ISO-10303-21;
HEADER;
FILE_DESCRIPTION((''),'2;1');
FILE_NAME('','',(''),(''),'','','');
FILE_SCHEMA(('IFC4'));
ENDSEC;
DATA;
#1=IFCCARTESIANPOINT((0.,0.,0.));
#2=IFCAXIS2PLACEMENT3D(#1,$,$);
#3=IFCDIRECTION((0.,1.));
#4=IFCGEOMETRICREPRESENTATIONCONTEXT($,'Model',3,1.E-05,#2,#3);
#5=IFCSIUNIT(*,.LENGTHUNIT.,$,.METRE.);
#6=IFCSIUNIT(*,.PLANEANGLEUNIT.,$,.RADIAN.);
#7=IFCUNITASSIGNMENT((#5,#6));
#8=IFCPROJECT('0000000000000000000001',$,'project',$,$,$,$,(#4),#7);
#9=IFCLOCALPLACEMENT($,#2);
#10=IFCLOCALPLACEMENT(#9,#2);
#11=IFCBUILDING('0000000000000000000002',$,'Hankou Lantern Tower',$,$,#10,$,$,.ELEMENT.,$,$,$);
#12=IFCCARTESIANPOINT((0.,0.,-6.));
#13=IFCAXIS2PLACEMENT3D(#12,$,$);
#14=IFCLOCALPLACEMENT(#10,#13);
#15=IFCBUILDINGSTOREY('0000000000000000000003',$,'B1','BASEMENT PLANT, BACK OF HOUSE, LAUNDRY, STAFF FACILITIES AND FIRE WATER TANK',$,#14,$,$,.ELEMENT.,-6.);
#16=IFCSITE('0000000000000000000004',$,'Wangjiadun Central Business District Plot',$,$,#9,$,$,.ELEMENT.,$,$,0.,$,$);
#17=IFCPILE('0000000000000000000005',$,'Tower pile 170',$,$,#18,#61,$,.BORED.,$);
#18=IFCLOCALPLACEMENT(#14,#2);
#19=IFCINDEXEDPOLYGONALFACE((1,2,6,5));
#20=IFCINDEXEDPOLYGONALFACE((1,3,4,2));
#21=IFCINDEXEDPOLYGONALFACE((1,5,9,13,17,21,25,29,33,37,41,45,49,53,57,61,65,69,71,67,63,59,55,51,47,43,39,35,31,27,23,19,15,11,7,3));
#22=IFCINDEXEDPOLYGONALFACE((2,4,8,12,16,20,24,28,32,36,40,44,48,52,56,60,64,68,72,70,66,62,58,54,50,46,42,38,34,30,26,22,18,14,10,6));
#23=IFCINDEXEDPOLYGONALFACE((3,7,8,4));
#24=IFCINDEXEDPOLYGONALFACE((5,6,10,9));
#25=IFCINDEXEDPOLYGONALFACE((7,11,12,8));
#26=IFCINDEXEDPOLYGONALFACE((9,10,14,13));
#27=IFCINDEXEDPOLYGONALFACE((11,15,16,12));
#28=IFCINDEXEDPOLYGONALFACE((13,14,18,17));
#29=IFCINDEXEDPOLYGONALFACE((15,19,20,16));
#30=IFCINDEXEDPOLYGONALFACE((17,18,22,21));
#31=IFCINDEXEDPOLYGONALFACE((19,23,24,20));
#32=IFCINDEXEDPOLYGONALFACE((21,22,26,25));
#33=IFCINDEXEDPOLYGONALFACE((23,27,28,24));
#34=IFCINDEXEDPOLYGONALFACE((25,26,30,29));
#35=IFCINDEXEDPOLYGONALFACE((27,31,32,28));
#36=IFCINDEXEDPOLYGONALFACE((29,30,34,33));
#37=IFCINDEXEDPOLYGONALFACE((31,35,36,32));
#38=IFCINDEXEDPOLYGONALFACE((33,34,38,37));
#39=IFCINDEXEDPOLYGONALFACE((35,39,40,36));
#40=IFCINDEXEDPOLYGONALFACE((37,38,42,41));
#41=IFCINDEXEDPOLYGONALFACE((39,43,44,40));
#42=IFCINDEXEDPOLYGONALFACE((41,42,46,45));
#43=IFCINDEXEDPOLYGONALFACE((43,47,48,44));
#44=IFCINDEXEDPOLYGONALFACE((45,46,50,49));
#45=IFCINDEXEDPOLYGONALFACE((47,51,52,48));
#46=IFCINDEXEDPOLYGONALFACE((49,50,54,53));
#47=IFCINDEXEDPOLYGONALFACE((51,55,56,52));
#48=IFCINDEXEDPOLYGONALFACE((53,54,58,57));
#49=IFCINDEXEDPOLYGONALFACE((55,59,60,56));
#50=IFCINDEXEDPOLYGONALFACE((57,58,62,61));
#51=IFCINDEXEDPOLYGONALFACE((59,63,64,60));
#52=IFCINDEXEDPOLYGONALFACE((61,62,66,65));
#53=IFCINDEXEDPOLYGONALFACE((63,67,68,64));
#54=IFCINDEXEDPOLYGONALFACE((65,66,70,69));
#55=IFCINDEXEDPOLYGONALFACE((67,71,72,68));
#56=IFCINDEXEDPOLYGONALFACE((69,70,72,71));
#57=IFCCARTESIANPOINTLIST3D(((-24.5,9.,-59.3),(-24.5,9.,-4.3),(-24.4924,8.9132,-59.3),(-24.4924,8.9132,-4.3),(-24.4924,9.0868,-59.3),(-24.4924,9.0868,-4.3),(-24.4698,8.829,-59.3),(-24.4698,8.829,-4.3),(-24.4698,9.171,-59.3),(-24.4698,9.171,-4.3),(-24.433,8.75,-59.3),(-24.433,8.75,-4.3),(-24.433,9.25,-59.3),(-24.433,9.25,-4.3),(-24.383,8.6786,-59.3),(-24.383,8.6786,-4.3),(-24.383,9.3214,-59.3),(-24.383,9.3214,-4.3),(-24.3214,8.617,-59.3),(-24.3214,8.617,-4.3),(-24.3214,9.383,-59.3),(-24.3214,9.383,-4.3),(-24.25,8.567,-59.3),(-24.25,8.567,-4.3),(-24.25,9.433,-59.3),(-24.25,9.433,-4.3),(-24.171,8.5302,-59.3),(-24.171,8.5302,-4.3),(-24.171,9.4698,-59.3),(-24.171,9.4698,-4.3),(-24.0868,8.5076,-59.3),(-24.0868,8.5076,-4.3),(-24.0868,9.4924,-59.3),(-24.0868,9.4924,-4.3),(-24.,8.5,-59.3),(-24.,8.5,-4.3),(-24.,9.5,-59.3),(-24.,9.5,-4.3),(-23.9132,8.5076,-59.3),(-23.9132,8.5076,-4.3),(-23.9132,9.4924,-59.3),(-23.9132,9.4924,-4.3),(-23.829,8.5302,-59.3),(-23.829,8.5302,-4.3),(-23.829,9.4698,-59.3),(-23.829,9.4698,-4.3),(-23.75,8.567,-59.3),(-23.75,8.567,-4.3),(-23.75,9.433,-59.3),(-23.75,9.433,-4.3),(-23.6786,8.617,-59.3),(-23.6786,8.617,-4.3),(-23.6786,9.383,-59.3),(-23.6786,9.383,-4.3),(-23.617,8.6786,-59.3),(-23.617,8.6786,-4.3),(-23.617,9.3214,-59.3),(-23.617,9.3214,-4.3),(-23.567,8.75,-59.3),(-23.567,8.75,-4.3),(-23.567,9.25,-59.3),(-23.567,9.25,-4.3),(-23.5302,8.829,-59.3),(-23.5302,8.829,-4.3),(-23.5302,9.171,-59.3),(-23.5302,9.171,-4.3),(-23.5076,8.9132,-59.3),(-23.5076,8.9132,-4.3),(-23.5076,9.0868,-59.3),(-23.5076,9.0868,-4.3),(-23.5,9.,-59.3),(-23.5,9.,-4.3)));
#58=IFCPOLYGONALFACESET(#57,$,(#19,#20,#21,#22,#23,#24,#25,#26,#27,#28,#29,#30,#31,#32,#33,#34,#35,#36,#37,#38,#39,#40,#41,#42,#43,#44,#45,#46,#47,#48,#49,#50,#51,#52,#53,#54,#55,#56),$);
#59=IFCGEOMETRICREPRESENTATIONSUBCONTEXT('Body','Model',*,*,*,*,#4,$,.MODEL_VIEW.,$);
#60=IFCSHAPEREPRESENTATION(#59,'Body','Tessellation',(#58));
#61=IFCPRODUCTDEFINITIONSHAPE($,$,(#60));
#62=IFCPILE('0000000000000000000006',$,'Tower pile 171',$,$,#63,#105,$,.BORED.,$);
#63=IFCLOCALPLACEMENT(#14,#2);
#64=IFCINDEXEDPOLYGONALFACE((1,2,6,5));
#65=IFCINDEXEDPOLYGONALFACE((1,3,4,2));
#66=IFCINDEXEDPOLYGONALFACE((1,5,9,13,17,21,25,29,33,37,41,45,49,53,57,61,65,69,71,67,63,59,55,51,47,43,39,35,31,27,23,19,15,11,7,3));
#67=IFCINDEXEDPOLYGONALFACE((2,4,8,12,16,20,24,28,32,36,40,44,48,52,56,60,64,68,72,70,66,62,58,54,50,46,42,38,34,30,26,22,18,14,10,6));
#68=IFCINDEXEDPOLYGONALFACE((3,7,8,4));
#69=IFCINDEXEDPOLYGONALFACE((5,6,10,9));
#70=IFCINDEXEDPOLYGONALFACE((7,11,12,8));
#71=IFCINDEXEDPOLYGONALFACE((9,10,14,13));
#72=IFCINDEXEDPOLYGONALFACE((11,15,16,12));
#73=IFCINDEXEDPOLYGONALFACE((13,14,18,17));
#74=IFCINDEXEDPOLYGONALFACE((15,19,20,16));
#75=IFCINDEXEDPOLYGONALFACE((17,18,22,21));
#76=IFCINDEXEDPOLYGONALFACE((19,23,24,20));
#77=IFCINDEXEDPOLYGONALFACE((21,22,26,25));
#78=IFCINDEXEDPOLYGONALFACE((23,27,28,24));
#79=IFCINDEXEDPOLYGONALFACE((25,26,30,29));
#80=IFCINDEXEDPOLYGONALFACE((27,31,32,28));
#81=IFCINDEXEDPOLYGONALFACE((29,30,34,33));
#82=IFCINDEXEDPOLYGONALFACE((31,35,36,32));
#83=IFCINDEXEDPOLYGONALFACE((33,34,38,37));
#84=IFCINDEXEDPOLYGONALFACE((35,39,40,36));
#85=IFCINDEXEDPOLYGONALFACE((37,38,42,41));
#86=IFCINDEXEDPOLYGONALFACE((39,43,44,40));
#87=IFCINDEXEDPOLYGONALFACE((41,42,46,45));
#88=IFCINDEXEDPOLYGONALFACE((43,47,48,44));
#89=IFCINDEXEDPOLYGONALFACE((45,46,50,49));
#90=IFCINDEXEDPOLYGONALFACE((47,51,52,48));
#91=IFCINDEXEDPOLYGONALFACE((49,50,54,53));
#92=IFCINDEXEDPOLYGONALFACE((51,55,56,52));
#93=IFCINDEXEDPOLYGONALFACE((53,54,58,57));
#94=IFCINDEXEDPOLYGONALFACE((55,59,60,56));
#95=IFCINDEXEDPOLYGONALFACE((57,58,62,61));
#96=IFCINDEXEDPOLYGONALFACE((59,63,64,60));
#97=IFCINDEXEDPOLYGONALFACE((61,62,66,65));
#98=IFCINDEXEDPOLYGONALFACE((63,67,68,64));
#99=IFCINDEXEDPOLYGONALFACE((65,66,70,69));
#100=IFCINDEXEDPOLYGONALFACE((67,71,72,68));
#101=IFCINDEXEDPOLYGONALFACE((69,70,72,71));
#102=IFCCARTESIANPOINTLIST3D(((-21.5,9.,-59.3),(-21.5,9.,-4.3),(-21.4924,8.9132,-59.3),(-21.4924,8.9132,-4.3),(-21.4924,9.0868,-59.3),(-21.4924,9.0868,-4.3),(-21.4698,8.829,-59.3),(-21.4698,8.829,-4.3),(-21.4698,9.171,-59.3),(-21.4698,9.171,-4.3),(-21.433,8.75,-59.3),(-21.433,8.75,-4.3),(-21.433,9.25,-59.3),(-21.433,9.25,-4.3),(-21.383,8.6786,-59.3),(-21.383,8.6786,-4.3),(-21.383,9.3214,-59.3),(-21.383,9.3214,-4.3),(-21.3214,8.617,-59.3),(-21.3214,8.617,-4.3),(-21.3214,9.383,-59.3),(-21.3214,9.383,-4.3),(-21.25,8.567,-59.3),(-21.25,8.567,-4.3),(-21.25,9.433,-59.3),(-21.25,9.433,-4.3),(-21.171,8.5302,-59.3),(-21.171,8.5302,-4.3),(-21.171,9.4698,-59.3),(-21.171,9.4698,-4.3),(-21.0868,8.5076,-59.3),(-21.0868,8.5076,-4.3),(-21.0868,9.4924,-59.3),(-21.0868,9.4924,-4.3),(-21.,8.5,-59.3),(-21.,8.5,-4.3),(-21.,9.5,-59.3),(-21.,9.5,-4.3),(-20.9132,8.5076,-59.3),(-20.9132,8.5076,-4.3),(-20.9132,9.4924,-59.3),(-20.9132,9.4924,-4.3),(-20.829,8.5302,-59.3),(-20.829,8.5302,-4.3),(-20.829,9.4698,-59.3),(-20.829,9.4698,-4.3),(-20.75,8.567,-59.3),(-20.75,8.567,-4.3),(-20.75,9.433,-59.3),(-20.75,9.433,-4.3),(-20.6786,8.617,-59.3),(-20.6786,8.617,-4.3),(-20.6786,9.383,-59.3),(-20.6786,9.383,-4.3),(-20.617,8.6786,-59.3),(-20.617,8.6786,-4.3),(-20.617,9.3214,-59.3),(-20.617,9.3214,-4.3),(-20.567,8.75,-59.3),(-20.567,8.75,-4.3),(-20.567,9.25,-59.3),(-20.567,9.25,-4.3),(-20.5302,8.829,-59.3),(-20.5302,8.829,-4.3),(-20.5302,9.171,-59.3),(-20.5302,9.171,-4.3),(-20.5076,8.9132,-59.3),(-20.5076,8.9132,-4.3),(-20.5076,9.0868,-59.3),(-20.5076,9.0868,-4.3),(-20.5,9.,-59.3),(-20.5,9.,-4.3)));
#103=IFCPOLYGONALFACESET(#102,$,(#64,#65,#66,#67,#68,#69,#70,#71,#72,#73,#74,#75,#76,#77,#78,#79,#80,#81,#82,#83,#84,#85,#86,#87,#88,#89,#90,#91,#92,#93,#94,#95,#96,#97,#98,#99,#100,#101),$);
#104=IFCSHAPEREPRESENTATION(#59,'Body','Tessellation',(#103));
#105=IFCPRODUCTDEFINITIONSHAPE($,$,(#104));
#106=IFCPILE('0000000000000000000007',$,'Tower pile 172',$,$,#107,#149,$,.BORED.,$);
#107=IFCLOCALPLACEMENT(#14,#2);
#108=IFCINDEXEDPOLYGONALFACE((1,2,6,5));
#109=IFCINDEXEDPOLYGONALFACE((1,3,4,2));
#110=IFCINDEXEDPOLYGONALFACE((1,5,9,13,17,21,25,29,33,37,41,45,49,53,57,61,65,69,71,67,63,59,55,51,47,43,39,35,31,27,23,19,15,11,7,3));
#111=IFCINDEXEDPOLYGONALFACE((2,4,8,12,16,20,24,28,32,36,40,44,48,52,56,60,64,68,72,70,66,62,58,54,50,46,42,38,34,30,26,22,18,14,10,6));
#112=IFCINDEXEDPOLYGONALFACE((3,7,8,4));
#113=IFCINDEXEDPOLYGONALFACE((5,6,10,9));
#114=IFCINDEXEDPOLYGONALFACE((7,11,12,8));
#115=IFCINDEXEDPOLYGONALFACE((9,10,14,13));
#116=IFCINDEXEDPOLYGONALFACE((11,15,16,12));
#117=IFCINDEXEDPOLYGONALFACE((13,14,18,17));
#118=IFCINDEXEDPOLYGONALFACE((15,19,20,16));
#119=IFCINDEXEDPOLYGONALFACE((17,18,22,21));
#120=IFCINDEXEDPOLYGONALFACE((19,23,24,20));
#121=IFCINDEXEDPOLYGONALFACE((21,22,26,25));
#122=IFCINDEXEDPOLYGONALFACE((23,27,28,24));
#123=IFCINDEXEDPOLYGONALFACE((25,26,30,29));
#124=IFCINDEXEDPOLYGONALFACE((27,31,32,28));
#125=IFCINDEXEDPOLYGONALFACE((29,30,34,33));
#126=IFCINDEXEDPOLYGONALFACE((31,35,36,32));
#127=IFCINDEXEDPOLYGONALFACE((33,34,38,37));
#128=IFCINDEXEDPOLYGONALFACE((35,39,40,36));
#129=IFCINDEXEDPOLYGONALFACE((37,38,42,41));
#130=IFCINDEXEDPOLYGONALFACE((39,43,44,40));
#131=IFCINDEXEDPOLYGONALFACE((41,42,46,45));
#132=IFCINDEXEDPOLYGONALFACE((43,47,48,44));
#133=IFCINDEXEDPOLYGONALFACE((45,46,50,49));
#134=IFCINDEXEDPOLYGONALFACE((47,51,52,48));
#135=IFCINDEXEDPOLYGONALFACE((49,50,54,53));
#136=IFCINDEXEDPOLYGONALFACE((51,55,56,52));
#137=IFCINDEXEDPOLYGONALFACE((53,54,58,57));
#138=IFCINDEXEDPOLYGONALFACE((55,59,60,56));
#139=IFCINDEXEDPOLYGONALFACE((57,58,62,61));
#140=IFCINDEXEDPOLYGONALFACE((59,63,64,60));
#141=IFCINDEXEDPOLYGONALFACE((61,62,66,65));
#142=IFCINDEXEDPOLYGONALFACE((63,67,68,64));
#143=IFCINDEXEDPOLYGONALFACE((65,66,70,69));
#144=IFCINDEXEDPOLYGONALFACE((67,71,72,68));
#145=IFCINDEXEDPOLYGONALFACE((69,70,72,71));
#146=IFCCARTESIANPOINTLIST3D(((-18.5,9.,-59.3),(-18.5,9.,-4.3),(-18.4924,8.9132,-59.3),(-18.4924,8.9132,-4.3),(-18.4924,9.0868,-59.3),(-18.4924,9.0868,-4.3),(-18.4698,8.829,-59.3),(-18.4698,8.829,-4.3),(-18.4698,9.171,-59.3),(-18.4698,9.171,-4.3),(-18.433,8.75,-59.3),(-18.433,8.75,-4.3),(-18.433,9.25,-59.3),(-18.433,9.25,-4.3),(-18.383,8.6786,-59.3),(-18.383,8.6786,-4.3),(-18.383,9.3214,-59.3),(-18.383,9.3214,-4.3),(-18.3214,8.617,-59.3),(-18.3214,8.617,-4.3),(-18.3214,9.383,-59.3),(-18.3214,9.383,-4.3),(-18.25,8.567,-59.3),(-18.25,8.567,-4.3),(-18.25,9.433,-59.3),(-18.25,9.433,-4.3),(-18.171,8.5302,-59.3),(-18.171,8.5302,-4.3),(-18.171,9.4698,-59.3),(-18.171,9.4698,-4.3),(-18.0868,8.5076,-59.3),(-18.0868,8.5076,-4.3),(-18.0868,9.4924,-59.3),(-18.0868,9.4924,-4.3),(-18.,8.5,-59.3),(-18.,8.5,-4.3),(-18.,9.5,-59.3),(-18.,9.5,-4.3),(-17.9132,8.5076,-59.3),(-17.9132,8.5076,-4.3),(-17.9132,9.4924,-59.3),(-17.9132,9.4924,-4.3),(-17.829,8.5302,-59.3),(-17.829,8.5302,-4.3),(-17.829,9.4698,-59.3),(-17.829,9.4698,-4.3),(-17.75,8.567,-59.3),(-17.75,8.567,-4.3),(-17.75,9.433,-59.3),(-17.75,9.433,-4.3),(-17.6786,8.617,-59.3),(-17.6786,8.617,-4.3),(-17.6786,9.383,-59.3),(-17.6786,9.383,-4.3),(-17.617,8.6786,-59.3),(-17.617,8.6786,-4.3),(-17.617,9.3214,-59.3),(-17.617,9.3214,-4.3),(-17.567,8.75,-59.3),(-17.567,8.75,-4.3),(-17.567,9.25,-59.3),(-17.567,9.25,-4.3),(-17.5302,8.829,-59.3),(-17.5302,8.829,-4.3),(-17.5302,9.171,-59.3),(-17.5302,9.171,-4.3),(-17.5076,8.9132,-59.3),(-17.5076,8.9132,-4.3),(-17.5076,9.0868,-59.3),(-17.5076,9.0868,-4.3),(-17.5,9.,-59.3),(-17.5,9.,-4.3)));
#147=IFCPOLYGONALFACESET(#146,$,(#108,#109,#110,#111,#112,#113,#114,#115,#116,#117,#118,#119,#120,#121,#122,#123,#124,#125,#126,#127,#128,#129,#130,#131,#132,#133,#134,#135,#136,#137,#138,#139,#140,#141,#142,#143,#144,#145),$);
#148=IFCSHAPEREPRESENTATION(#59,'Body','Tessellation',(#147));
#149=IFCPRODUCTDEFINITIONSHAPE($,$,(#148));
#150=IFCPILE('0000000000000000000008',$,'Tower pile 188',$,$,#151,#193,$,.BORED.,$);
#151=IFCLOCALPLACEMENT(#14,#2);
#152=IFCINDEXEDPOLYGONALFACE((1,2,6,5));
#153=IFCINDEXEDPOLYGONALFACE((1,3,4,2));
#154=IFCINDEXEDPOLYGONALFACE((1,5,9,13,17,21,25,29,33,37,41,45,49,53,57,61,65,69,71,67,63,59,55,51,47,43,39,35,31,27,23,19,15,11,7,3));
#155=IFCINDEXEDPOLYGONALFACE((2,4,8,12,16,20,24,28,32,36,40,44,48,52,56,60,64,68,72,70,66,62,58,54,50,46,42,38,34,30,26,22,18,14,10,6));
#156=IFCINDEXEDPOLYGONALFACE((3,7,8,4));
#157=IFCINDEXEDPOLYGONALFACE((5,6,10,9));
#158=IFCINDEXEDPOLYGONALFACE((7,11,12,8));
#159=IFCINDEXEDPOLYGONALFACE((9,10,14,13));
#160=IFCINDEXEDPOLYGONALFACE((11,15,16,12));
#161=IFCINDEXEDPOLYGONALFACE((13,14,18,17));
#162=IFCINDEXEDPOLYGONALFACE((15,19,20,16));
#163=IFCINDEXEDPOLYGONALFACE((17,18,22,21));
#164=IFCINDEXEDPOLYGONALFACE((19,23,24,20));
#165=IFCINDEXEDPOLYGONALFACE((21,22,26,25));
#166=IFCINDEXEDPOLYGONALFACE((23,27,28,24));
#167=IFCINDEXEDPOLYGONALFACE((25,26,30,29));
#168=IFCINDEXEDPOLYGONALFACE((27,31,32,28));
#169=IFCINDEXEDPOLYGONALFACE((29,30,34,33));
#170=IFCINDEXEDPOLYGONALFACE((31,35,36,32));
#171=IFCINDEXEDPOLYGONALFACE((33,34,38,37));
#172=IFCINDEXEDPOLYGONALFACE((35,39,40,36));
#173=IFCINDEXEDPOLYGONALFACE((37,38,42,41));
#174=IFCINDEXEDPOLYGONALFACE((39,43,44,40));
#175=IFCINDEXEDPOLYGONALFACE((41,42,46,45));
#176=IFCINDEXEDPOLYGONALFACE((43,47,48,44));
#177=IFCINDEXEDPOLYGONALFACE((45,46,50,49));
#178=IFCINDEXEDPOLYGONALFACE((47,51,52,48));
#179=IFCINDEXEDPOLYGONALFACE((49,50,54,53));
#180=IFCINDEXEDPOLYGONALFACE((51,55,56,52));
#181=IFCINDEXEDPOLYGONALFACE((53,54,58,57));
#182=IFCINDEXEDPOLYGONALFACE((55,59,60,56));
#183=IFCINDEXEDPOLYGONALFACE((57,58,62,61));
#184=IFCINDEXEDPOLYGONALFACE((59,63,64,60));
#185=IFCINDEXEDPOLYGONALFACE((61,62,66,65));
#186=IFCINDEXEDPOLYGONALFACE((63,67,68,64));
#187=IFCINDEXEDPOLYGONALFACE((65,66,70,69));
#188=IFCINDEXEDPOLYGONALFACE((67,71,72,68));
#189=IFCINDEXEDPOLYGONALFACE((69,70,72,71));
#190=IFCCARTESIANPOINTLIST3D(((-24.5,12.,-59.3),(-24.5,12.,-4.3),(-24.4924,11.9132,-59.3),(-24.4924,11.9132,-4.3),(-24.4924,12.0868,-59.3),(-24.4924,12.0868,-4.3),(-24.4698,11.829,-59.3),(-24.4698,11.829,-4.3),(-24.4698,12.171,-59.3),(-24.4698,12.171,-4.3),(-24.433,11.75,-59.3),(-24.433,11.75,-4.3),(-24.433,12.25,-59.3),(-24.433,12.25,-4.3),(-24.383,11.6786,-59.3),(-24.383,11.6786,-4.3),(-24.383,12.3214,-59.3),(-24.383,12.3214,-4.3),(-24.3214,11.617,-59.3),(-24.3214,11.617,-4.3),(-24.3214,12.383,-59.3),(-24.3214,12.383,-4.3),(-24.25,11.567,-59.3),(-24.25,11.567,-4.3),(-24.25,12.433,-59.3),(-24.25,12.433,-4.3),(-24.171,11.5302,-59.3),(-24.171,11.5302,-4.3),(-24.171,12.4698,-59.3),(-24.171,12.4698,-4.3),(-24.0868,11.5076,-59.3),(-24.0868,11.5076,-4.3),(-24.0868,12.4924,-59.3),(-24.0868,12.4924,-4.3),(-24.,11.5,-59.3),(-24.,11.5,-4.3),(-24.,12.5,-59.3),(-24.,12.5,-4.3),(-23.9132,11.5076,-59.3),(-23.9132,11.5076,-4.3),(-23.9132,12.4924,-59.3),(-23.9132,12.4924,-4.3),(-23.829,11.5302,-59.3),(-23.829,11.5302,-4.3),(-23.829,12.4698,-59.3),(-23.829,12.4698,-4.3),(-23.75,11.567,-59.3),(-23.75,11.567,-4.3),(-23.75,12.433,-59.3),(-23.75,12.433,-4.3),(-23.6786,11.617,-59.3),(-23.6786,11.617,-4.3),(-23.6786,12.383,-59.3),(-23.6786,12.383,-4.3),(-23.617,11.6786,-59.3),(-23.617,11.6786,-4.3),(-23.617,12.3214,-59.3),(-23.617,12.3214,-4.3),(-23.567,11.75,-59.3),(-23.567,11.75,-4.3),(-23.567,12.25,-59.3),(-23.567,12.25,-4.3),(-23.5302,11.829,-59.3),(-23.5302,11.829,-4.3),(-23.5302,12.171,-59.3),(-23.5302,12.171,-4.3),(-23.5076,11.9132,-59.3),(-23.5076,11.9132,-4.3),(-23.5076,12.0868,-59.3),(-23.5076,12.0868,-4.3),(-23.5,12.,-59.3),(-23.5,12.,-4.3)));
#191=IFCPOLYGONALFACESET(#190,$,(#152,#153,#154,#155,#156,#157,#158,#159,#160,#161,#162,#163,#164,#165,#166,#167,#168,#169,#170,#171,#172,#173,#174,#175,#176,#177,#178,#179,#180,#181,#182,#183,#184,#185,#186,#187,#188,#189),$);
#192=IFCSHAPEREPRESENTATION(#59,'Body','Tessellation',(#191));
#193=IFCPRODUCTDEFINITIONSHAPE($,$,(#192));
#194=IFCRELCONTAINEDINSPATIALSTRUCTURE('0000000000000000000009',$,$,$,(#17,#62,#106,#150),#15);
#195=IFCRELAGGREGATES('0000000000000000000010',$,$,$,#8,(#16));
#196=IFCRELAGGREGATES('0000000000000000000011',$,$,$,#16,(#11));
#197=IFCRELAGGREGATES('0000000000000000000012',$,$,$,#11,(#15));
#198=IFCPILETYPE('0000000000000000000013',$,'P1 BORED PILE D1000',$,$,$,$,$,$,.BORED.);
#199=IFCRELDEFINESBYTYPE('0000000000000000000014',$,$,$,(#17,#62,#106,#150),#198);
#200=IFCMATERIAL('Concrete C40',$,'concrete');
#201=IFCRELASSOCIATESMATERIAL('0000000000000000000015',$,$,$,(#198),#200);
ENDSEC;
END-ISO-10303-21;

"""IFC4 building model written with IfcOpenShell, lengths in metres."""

from ifc_helpers import new_model, si_unit, direction, frame, origin, origin_2d, place, context, subcontext, project, spatial, circle, extrude, material, material_profile, profile_set, type_object, element, save


model = new_model("IFC4")

# Units and contexts
model_context = context("Model", 3, precision=1e-05, world=origin(), true_north=direction((0.0, 1.0)))
body_context = subcontext(model_context, "Body", "Model", "MODEL_VIEW")
ifc_project = project(units=[si_unit("LENGTHUNIT", "METRE"), si_unit("PLANEANGLEUNIT", "RADIAN")], contexts=[model_context])

# Site, building, storey
site_placement = place(None, origin())
site = spatial("IfcSite", under=ifc_project, at=site_placement, Name="Wangjiadun Central Business District Plot", CompositionType="ELEMENT", RefElevation=0.0)
building_placement = place(site_placement, origin())
building = spatial("IfcBuilding", under=site, at=building_placement, Name="Hankou Lantern Tower", CompositionType="ELEMENT")
storey_placement = place(building_placement, frame((0.0, 0.0, -6.0)))
storey = spatial("IfcBuildingStorey", under=building, at=storey_placement, Name="B1", Description="BASEMENT PLANT, BACK OF HOUSE, LAUNDRY, STAFF FACILITIES AND FIRE WATER TANK", CompositionType="ELEMENT", Elevation=-6.0)

# Piles
ifc_material_1 = material(Name="Concrete C40", Category="concrete")
ifc_material_profile_1 = material_profile(ifc_material_1, circle(Radius=0.5, at=origin_2d()), Name="RC D1000")
ifc_profile_set_1 = profile_set([ifc_material_profile_1], Name="Concrete C40")
pile_type_1 = type_object("IfcPileType", Name="P1 BORED PILE D1000", PredefinedType="BORED", material=ifc_profile_set_1)
for number, where, z_axis, x_axis, name in (
    (1, (-24.0, 9.0, -4.3), (0.0, 0.0, -1.0), (1.0, 0.0, 0.0), "Tower pile 170"),
    (2, (-21.0, 9.0, -4.3), (0.0, 0.0, -1.0), (1.0, 0.0, 0.0), "Tower pile 171"),
    (3, (-18.0, 9.0, -4.3), (0.0, 0.0, -1.0), (1.0, 0.0, 0.0), "Tower pile 172"),
    (4, (-24.0, 12.0, -4.3), (0.0, 0.0, -1.0), (1.0, 0.0, 0.0), "Tower pile 188"),
):
    element("IfcPile", number, at=place(storey_placement, frame(where, z_axis=z_axis, x_axis=x_axis)), inside=storey, type_object=pile_type_1, Name=name, PredefinedType="BORED", context=body_context, shape_type="SweptSolid", body=[
        extrude(circle(Radius=0.5, at=origin_2d()), origin(), (0.0, 0.0, 1.0), 55.0),
    ])

save(model, "model.ifc")
